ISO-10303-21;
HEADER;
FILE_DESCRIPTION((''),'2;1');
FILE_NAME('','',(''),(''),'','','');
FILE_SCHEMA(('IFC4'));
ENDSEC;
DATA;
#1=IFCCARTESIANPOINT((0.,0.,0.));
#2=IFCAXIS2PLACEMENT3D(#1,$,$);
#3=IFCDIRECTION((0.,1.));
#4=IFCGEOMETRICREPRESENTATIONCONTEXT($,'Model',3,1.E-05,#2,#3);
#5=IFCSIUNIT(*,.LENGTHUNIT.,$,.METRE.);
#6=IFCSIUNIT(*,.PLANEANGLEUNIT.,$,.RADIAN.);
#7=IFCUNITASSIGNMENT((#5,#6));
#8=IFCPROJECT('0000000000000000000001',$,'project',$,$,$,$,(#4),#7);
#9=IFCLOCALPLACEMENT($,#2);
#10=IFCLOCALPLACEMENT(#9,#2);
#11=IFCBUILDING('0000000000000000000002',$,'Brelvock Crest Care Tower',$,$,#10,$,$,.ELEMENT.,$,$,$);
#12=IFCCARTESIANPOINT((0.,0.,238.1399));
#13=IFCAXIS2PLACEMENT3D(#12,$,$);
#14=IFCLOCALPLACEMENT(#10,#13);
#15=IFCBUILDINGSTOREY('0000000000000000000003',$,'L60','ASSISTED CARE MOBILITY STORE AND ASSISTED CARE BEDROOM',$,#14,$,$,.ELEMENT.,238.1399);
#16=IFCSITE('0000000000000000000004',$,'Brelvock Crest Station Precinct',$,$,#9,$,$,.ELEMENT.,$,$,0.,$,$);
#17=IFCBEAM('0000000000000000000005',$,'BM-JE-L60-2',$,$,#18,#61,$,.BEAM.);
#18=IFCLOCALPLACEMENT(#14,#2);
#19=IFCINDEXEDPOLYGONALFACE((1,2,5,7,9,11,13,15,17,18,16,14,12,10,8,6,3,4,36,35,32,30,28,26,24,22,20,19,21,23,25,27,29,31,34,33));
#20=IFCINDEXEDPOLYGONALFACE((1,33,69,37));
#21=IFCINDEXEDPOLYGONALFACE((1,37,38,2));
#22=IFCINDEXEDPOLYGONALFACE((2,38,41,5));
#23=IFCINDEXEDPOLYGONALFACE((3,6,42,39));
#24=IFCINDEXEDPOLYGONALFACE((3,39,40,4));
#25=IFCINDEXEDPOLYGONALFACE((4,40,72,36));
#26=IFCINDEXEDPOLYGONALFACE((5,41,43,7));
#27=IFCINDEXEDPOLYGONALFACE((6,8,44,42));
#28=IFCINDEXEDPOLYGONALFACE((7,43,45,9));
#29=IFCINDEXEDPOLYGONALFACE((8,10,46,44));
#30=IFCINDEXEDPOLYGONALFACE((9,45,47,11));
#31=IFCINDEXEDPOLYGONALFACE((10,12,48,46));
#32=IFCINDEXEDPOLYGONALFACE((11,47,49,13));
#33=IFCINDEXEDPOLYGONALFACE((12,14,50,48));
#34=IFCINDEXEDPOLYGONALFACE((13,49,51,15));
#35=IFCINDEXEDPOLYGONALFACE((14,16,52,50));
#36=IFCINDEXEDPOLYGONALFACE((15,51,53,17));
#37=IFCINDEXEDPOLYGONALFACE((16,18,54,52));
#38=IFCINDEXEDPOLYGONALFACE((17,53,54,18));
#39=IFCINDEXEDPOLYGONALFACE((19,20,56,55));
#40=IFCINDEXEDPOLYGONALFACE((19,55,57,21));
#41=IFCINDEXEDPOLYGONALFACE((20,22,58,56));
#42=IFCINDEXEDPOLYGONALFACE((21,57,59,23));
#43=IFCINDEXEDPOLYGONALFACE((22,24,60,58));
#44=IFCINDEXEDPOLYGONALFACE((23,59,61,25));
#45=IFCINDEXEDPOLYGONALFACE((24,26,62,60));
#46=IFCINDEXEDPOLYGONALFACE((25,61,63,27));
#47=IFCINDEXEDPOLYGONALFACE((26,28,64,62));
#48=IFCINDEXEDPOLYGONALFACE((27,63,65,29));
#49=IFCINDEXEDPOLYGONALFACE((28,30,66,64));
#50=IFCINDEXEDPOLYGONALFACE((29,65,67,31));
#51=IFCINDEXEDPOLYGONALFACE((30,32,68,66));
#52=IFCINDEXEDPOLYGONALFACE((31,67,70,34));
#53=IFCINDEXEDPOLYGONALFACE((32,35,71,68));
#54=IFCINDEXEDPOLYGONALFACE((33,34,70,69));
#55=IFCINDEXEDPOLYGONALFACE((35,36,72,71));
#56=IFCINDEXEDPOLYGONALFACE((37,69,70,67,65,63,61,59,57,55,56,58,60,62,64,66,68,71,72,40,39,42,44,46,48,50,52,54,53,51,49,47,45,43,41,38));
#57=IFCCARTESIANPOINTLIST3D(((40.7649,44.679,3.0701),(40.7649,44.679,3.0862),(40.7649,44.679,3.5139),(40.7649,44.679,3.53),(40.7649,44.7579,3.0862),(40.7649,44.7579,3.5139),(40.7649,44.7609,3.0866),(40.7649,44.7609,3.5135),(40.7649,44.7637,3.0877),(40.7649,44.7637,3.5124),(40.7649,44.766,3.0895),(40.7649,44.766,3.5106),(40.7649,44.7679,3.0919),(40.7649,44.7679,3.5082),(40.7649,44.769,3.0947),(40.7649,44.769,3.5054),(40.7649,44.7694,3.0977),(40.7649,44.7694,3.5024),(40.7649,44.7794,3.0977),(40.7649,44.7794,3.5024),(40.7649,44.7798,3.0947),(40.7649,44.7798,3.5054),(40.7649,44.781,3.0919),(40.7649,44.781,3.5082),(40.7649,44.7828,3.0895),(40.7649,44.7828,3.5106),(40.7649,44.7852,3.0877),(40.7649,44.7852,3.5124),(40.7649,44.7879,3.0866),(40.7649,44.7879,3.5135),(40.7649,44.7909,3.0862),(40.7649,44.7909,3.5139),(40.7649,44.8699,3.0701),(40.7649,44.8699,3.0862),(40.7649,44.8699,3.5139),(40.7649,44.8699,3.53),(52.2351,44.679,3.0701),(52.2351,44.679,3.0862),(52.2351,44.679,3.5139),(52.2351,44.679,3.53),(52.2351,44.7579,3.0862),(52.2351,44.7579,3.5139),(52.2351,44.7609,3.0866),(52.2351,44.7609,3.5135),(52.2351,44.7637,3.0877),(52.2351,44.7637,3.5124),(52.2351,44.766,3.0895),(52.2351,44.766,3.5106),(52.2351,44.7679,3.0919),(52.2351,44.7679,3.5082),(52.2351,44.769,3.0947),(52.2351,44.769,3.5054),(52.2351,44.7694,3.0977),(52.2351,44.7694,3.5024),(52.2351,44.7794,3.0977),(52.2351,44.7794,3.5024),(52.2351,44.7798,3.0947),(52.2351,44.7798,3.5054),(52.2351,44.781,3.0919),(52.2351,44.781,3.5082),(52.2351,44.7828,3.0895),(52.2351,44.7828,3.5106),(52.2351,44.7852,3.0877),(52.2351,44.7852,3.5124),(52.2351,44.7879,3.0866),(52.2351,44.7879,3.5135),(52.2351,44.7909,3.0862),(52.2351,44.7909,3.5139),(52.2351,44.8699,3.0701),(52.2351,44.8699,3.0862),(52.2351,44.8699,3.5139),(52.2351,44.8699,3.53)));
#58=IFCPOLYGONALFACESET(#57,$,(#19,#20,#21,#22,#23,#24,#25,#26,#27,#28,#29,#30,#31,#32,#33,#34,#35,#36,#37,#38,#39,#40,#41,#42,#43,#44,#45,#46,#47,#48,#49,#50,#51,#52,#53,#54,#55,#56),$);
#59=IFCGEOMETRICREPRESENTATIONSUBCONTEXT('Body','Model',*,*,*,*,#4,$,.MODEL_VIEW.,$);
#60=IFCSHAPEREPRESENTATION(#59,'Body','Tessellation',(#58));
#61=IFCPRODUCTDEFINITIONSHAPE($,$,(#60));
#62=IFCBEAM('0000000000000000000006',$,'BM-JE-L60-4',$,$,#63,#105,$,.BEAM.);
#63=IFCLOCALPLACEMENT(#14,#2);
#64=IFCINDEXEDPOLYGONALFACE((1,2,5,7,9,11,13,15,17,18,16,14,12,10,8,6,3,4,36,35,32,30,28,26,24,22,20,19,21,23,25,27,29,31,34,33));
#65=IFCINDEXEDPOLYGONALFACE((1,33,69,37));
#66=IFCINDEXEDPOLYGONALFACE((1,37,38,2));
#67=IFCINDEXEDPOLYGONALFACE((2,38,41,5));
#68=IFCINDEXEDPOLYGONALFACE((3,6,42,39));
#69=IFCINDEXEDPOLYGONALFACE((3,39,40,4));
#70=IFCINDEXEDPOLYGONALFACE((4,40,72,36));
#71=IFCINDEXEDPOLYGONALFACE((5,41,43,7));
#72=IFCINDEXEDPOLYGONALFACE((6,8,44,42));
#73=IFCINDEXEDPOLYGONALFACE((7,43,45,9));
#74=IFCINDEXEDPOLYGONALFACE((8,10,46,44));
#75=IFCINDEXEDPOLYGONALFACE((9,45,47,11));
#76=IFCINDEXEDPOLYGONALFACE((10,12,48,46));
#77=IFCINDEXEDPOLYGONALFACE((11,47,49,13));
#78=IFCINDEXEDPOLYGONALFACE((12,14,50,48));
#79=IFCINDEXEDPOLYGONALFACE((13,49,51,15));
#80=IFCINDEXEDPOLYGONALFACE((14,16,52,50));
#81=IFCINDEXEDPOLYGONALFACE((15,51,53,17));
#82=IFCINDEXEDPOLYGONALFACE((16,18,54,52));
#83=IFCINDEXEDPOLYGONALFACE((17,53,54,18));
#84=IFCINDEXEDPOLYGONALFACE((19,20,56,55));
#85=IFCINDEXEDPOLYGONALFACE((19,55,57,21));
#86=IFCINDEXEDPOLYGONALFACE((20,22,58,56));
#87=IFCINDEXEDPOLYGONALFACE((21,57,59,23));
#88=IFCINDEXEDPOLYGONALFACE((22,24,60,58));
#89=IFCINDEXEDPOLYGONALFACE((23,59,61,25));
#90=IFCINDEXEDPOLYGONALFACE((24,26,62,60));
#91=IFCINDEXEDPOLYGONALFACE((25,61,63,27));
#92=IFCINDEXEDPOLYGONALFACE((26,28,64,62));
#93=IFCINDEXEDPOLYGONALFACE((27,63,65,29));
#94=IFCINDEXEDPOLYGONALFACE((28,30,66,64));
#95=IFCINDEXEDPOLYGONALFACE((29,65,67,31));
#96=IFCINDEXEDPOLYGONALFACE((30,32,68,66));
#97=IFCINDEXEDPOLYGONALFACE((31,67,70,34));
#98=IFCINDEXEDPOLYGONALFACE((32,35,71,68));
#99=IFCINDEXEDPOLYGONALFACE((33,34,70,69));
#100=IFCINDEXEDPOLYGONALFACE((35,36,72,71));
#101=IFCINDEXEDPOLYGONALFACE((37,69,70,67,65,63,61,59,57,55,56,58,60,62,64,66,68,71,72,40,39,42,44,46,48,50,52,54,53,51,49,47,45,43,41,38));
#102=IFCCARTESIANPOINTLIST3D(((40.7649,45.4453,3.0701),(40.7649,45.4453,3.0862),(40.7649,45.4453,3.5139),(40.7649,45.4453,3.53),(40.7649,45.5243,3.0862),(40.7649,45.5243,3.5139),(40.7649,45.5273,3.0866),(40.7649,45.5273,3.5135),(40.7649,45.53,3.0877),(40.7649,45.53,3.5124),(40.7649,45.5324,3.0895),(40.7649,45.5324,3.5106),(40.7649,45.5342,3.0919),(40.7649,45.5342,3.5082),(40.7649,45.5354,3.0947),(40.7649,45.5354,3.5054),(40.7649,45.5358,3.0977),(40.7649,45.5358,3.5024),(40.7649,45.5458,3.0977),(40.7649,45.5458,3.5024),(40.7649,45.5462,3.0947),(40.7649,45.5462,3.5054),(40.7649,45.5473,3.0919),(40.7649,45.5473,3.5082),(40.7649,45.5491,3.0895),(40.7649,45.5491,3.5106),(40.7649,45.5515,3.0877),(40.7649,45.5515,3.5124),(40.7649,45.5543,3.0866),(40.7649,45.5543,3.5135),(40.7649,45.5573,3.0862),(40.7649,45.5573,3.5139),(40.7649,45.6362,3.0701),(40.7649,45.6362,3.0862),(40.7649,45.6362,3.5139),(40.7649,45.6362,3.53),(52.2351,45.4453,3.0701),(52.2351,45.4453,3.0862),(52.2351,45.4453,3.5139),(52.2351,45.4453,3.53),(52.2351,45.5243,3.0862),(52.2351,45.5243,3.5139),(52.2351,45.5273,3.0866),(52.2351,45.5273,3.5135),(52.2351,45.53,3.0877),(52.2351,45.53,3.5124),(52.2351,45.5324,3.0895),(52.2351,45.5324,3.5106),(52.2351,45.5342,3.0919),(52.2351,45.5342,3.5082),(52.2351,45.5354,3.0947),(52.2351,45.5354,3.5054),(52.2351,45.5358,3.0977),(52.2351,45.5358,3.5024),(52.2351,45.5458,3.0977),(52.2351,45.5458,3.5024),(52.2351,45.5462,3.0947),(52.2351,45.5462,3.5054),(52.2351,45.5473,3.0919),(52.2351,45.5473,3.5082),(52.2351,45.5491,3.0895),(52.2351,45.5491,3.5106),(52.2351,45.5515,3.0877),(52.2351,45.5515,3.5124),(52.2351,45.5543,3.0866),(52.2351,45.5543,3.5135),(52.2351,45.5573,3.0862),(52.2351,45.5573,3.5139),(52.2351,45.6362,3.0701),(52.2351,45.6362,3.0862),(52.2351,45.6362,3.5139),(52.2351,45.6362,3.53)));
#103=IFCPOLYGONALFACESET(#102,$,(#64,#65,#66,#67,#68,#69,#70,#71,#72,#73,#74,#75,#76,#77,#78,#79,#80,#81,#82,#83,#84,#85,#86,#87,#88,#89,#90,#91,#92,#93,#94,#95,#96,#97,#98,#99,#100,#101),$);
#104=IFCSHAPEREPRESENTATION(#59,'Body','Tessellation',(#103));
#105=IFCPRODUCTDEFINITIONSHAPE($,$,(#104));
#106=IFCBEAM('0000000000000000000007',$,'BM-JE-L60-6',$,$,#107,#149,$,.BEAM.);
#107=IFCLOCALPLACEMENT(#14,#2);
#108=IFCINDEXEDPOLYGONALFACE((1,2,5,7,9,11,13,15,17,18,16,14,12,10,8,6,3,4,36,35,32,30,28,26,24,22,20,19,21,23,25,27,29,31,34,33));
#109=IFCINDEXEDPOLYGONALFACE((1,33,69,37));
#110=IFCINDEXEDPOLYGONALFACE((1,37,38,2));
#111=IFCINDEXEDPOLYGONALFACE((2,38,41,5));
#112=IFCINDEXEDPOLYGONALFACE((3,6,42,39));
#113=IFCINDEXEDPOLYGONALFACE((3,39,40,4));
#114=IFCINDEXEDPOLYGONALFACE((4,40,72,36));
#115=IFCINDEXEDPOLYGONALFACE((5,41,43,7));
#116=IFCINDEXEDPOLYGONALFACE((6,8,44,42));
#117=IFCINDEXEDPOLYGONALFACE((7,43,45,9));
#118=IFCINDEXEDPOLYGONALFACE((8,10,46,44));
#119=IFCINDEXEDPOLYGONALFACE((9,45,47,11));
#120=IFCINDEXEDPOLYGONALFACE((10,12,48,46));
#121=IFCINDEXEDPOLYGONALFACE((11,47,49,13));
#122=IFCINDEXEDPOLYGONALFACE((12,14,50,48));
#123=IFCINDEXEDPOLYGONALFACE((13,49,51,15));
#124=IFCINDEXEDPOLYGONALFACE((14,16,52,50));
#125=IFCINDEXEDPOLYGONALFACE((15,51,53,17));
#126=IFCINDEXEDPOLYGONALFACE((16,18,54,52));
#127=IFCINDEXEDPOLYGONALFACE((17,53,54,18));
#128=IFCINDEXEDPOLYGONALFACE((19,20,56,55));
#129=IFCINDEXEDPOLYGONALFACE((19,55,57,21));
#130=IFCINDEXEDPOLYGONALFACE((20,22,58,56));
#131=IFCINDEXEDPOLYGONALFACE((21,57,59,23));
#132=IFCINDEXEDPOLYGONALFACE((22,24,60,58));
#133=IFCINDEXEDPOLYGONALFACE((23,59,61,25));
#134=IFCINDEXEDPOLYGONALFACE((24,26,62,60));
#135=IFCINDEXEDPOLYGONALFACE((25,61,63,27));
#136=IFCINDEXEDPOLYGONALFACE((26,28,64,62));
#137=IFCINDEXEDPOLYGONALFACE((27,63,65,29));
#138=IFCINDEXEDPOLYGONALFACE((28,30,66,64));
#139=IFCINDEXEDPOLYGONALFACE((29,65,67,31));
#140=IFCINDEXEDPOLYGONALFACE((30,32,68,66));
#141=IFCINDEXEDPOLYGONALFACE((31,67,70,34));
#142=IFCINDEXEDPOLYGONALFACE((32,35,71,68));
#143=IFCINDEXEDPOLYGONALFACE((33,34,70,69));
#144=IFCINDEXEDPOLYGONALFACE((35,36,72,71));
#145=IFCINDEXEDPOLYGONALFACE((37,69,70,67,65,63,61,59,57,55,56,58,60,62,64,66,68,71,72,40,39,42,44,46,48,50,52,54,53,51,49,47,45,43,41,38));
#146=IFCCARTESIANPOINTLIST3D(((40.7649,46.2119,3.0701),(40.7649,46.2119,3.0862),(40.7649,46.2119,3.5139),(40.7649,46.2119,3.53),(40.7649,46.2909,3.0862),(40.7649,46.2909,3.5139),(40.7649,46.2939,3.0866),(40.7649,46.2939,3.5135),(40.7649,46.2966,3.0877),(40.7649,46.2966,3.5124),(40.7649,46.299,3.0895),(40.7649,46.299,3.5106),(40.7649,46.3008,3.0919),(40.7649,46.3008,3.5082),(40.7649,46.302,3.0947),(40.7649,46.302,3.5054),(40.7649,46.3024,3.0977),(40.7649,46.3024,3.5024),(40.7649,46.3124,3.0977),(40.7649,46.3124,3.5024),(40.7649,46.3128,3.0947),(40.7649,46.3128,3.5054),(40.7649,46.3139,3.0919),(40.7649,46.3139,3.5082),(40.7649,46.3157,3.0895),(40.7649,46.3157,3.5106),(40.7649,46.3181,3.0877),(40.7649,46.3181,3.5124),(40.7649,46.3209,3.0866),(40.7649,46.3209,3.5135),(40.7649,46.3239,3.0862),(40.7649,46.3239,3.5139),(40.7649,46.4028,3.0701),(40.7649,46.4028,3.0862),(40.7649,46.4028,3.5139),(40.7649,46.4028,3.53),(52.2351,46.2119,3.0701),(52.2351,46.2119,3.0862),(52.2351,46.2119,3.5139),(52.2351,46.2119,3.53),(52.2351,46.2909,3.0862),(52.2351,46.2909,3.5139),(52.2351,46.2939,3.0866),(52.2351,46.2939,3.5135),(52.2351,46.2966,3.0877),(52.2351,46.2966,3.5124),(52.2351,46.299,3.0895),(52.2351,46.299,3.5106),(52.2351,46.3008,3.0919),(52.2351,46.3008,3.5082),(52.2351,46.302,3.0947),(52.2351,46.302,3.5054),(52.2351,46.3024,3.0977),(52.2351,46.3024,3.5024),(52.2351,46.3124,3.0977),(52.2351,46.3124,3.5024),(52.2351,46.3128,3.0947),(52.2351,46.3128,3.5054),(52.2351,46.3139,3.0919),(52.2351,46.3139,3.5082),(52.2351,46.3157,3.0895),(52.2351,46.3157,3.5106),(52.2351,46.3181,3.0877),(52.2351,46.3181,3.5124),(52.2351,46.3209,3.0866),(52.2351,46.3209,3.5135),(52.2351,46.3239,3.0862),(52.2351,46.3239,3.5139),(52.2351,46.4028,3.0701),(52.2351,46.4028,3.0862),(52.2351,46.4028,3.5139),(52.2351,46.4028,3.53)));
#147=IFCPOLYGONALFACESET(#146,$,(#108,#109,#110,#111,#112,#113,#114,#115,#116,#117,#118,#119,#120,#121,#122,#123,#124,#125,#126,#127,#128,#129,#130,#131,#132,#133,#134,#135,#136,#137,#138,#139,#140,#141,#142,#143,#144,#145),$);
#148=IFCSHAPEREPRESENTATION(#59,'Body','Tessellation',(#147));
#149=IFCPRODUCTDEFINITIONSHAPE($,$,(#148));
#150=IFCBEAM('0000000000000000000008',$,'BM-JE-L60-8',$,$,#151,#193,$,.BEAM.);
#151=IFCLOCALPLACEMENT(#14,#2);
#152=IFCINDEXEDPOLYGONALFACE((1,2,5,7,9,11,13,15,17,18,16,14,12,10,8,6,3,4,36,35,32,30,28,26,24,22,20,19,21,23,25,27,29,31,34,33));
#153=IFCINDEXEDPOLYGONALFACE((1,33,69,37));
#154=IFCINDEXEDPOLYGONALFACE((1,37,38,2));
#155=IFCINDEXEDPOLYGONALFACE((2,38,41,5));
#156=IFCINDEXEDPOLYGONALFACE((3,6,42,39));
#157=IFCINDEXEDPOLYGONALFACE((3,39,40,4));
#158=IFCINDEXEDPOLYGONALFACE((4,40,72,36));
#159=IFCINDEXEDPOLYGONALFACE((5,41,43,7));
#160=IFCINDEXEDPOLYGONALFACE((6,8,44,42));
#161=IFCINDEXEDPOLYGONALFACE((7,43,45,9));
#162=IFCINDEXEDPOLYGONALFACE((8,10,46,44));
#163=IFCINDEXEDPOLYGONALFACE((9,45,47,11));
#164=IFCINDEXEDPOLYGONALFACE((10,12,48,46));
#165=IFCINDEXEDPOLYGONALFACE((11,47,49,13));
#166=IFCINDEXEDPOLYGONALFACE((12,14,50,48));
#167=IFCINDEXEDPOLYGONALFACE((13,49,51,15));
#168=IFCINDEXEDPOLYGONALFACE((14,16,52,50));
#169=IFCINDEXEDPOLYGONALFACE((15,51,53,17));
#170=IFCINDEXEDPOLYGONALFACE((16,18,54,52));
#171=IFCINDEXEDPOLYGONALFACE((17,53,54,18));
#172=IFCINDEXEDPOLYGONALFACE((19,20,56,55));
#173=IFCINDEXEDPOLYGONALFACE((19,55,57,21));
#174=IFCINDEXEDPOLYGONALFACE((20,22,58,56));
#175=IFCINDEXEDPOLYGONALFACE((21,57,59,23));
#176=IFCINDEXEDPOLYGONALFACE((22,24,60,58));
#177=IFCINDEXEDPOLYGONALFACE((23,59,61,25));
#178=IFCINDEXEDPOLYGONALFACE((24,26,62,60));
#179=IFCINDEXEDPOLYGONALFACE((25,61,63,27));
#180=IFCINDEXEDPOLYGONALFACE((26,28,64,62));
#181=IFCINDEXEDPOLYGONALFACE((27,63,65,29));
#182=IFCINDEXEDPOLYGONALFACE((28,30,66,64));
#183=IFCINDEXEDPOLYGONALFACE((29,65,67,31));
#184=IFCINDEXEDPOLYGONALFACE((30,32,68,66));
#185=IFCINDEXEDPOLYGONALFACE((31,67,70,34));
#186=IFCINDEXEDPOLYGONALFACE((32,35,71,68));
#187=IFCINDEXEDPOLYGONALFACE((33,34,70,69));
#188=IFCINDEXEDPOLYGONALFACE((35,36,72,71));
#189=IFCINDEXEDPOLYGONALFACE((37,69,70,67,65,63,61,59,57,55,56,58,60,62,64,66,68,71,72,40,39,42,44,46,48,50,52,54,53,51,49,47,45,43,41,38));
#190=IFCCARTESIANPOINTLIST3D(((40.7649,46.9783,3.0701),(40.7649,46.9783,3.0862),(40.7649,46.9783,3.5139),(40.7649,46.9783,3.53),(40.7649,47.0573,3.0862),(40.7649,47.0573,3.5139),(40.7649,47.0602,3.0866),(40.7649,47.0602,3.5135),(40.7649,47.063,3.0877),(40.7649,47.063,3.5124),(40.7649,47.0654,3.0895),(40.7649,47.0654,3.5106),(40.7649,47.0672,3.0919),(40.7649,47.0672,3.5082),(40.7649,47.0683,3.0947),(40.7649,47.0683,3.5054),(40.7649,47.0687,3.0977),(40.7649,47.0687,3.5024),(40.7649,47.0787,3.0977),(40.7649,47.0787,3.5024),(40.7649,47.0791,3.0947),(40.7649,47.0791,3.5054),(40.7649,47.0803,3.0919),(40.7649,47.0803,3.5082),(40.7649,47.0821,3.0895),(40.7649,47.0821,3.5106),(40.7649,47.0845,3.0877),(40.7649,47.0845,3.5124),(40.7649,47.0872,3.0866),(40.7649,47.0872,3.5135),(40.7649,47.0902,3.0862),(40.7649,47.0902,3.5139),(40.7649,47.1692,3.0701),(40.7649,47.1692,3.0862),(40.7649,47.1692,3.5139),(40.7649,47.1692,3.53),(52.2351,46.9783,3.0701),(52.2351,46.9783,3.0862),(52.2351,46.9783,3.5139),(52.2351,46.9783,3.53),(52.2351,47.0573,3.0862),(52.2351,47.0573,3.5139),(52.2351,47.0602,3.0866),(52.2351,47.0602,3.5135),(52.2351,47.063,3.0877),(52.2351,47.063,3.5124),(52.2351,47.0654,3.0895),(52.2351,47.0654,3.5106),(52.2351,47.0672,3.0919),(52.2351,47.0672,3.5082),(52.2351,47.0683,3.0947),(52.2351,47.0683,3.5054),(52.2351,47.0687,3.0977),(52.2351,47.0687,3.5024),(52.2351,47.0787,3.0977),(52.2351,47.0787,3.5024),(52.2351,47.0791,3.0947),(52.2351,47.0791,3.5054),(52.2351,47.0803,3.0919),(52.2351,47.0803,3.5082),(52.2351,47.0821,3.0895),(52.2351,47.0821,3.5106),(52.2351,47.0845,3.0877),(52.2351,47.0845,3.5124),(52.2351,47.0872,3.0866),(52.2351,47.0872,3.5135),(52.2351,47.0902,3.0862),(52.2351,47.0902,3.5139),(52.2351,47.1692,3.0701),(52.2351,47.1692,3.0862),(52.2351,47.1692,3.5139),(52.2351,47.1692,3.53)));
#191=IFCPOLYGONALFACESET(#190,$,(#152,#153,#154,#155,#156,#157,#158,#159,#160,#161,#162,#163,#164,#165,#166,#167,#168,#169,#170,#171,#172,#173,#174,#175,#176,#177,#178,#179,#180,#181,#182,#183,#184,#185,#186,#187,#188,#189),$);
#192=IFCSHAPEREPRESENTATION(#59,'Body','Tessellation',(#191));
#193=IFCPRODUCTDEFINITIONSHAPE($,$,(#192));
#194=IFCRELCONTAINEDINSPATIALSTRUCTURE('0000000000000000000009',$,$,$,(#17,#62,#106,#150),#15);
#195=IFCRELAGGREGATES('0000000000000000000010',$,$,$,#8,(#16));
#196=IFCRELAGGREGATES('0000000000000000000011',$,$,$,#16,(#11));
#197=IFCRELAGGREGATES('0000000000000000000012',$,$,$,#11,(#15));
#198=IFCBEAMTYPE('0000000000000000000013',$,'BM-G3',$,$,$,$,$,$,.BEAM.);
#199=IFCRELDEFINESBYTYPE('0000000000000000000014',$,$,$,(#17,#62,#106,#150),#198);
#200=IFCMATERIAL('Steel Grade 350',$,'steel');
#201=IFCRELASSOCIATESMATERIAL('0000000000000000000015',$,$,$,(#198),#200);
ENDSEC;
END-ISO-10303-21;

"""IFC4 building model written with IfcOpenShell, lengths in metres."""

from ifc_helpers import new_model, si_unit, direction, frame, origin, origin_2d, place, context, subcontext, project, spatial, i_section, extrude, source, transform, mapped, material, material_profile, profile_set, type_object, element, save


model = new_model("IFC4")

# Units and contexts
model_context = context("Model", 3, precision=1e-05, world=origin(), true_north=direction((0.0, 1.0)))
body_context = subcontext(model_context, "Body", "Model", "MODEL_VIEW")
ifc_project = project(units=[si_unit("LENGTHUNIT", "METRE"), si_unit("PLANEANGLEUNIT", "RADIAN")], contexts=[model_context])

# Site, building, storey
site_placement = place(None, origin())
site = spatial("IfcSite", under=ifc_project, at=site_placement, Name="Brelvock Crest Station Precinct", CompositionType="ELEMENT", RefElevation=0.0)
building_placement = place(site_placement, origin())
building = spatial("IfcBuilding", under=site, at=building_placement, Name="Brelvock Crest Care Tower", CompositionType="ELEMENT")
storey_placement = place(building_placement, frame((0.0, 0.0, 238.1399)))
storey = spatial("IfcBuildingStorey", under=building, at=storey_placement, Name="L60", Description="ASSISTED CARE MOBILITY STORE AND ASSISTED CARE BEDROOM", CompositionType="ELEMENT", Elevation=238.1399)

# Beams
ifc_material_1 = material(Name="Steel Grade 350", Category="steel")
ifc_material_profile_1 = material_profile(ifc_material_1, i_section(OverallWidth=0.1909, OverallDepth=0.46, WebThickness=0.01, FlangeThickness=0.0161, FilletRadius=0.0115, at=origin_2d()), Name="460UB82.1")
ifc_profile_set_1 = profile_set([ifc_material_profile_1], Name="Steel Grade 350")
beam_type_1 = type_object("IfcBeamType", Name="BM-G3", PredefinedType="BEAM", material=ifc_profile_set_1)
shared_shape_1 = source(origin(), body_context, "Body", "SweptSolid", [
    extrude(i_section(OverallWidth=0.1909, OverallDepth=0.46, WebThickness=0.01, FlangeThickness=0.0161, FilletRadius=0.0115, at=origin_2d()), origin(), (0.0, 0.0, 1.0), 11.4702),
])
for number, where, z_axis, x_axis, name in (
    (1, (40.7649, 44.7744, 3.3), (1.0, 0.0, 0.0), (0.0, 1.0, 0.0), "BM-JE-L60-2"),
    (2, (40.7649, 45.5408, 3.3), (1.0, 0.0, 0.0), (0.0, 1.0, 0.0), "BM-JE-L60-4"),
    (3, (40.7649, 46.3074, 3.3), (1.0, 0.0, 0.0), (0.0, 1.0, 0.0), "BM-JE-L60-6"),
    (4, (40.7649, 47.0737, 3.3), (1.0, 0.0, 0.0), (0.0, 1.0, 0.0), "BM-JE-L60-8"),
):
    element("IfcBeam", number, at=place(storey_placement, frame(where, z_axis=z_axis, x_axis=x_axis)), inside=storey, type_object=beam_type_1, Name=name, PredefinedType="BEAM", context=body_context, shape_type="MappedRepresentation", body=[
        mapped(shared_shape_1, transform((0.0, 0.0, 0.0), x_axis=(1.0, 0.0, 0.0), y_axis=(0.0, 1.0, 0.0), z_axis=(0.0, 0.0, 1.0), scale=1.0)),
    ])

save(model, "model.ifc")
